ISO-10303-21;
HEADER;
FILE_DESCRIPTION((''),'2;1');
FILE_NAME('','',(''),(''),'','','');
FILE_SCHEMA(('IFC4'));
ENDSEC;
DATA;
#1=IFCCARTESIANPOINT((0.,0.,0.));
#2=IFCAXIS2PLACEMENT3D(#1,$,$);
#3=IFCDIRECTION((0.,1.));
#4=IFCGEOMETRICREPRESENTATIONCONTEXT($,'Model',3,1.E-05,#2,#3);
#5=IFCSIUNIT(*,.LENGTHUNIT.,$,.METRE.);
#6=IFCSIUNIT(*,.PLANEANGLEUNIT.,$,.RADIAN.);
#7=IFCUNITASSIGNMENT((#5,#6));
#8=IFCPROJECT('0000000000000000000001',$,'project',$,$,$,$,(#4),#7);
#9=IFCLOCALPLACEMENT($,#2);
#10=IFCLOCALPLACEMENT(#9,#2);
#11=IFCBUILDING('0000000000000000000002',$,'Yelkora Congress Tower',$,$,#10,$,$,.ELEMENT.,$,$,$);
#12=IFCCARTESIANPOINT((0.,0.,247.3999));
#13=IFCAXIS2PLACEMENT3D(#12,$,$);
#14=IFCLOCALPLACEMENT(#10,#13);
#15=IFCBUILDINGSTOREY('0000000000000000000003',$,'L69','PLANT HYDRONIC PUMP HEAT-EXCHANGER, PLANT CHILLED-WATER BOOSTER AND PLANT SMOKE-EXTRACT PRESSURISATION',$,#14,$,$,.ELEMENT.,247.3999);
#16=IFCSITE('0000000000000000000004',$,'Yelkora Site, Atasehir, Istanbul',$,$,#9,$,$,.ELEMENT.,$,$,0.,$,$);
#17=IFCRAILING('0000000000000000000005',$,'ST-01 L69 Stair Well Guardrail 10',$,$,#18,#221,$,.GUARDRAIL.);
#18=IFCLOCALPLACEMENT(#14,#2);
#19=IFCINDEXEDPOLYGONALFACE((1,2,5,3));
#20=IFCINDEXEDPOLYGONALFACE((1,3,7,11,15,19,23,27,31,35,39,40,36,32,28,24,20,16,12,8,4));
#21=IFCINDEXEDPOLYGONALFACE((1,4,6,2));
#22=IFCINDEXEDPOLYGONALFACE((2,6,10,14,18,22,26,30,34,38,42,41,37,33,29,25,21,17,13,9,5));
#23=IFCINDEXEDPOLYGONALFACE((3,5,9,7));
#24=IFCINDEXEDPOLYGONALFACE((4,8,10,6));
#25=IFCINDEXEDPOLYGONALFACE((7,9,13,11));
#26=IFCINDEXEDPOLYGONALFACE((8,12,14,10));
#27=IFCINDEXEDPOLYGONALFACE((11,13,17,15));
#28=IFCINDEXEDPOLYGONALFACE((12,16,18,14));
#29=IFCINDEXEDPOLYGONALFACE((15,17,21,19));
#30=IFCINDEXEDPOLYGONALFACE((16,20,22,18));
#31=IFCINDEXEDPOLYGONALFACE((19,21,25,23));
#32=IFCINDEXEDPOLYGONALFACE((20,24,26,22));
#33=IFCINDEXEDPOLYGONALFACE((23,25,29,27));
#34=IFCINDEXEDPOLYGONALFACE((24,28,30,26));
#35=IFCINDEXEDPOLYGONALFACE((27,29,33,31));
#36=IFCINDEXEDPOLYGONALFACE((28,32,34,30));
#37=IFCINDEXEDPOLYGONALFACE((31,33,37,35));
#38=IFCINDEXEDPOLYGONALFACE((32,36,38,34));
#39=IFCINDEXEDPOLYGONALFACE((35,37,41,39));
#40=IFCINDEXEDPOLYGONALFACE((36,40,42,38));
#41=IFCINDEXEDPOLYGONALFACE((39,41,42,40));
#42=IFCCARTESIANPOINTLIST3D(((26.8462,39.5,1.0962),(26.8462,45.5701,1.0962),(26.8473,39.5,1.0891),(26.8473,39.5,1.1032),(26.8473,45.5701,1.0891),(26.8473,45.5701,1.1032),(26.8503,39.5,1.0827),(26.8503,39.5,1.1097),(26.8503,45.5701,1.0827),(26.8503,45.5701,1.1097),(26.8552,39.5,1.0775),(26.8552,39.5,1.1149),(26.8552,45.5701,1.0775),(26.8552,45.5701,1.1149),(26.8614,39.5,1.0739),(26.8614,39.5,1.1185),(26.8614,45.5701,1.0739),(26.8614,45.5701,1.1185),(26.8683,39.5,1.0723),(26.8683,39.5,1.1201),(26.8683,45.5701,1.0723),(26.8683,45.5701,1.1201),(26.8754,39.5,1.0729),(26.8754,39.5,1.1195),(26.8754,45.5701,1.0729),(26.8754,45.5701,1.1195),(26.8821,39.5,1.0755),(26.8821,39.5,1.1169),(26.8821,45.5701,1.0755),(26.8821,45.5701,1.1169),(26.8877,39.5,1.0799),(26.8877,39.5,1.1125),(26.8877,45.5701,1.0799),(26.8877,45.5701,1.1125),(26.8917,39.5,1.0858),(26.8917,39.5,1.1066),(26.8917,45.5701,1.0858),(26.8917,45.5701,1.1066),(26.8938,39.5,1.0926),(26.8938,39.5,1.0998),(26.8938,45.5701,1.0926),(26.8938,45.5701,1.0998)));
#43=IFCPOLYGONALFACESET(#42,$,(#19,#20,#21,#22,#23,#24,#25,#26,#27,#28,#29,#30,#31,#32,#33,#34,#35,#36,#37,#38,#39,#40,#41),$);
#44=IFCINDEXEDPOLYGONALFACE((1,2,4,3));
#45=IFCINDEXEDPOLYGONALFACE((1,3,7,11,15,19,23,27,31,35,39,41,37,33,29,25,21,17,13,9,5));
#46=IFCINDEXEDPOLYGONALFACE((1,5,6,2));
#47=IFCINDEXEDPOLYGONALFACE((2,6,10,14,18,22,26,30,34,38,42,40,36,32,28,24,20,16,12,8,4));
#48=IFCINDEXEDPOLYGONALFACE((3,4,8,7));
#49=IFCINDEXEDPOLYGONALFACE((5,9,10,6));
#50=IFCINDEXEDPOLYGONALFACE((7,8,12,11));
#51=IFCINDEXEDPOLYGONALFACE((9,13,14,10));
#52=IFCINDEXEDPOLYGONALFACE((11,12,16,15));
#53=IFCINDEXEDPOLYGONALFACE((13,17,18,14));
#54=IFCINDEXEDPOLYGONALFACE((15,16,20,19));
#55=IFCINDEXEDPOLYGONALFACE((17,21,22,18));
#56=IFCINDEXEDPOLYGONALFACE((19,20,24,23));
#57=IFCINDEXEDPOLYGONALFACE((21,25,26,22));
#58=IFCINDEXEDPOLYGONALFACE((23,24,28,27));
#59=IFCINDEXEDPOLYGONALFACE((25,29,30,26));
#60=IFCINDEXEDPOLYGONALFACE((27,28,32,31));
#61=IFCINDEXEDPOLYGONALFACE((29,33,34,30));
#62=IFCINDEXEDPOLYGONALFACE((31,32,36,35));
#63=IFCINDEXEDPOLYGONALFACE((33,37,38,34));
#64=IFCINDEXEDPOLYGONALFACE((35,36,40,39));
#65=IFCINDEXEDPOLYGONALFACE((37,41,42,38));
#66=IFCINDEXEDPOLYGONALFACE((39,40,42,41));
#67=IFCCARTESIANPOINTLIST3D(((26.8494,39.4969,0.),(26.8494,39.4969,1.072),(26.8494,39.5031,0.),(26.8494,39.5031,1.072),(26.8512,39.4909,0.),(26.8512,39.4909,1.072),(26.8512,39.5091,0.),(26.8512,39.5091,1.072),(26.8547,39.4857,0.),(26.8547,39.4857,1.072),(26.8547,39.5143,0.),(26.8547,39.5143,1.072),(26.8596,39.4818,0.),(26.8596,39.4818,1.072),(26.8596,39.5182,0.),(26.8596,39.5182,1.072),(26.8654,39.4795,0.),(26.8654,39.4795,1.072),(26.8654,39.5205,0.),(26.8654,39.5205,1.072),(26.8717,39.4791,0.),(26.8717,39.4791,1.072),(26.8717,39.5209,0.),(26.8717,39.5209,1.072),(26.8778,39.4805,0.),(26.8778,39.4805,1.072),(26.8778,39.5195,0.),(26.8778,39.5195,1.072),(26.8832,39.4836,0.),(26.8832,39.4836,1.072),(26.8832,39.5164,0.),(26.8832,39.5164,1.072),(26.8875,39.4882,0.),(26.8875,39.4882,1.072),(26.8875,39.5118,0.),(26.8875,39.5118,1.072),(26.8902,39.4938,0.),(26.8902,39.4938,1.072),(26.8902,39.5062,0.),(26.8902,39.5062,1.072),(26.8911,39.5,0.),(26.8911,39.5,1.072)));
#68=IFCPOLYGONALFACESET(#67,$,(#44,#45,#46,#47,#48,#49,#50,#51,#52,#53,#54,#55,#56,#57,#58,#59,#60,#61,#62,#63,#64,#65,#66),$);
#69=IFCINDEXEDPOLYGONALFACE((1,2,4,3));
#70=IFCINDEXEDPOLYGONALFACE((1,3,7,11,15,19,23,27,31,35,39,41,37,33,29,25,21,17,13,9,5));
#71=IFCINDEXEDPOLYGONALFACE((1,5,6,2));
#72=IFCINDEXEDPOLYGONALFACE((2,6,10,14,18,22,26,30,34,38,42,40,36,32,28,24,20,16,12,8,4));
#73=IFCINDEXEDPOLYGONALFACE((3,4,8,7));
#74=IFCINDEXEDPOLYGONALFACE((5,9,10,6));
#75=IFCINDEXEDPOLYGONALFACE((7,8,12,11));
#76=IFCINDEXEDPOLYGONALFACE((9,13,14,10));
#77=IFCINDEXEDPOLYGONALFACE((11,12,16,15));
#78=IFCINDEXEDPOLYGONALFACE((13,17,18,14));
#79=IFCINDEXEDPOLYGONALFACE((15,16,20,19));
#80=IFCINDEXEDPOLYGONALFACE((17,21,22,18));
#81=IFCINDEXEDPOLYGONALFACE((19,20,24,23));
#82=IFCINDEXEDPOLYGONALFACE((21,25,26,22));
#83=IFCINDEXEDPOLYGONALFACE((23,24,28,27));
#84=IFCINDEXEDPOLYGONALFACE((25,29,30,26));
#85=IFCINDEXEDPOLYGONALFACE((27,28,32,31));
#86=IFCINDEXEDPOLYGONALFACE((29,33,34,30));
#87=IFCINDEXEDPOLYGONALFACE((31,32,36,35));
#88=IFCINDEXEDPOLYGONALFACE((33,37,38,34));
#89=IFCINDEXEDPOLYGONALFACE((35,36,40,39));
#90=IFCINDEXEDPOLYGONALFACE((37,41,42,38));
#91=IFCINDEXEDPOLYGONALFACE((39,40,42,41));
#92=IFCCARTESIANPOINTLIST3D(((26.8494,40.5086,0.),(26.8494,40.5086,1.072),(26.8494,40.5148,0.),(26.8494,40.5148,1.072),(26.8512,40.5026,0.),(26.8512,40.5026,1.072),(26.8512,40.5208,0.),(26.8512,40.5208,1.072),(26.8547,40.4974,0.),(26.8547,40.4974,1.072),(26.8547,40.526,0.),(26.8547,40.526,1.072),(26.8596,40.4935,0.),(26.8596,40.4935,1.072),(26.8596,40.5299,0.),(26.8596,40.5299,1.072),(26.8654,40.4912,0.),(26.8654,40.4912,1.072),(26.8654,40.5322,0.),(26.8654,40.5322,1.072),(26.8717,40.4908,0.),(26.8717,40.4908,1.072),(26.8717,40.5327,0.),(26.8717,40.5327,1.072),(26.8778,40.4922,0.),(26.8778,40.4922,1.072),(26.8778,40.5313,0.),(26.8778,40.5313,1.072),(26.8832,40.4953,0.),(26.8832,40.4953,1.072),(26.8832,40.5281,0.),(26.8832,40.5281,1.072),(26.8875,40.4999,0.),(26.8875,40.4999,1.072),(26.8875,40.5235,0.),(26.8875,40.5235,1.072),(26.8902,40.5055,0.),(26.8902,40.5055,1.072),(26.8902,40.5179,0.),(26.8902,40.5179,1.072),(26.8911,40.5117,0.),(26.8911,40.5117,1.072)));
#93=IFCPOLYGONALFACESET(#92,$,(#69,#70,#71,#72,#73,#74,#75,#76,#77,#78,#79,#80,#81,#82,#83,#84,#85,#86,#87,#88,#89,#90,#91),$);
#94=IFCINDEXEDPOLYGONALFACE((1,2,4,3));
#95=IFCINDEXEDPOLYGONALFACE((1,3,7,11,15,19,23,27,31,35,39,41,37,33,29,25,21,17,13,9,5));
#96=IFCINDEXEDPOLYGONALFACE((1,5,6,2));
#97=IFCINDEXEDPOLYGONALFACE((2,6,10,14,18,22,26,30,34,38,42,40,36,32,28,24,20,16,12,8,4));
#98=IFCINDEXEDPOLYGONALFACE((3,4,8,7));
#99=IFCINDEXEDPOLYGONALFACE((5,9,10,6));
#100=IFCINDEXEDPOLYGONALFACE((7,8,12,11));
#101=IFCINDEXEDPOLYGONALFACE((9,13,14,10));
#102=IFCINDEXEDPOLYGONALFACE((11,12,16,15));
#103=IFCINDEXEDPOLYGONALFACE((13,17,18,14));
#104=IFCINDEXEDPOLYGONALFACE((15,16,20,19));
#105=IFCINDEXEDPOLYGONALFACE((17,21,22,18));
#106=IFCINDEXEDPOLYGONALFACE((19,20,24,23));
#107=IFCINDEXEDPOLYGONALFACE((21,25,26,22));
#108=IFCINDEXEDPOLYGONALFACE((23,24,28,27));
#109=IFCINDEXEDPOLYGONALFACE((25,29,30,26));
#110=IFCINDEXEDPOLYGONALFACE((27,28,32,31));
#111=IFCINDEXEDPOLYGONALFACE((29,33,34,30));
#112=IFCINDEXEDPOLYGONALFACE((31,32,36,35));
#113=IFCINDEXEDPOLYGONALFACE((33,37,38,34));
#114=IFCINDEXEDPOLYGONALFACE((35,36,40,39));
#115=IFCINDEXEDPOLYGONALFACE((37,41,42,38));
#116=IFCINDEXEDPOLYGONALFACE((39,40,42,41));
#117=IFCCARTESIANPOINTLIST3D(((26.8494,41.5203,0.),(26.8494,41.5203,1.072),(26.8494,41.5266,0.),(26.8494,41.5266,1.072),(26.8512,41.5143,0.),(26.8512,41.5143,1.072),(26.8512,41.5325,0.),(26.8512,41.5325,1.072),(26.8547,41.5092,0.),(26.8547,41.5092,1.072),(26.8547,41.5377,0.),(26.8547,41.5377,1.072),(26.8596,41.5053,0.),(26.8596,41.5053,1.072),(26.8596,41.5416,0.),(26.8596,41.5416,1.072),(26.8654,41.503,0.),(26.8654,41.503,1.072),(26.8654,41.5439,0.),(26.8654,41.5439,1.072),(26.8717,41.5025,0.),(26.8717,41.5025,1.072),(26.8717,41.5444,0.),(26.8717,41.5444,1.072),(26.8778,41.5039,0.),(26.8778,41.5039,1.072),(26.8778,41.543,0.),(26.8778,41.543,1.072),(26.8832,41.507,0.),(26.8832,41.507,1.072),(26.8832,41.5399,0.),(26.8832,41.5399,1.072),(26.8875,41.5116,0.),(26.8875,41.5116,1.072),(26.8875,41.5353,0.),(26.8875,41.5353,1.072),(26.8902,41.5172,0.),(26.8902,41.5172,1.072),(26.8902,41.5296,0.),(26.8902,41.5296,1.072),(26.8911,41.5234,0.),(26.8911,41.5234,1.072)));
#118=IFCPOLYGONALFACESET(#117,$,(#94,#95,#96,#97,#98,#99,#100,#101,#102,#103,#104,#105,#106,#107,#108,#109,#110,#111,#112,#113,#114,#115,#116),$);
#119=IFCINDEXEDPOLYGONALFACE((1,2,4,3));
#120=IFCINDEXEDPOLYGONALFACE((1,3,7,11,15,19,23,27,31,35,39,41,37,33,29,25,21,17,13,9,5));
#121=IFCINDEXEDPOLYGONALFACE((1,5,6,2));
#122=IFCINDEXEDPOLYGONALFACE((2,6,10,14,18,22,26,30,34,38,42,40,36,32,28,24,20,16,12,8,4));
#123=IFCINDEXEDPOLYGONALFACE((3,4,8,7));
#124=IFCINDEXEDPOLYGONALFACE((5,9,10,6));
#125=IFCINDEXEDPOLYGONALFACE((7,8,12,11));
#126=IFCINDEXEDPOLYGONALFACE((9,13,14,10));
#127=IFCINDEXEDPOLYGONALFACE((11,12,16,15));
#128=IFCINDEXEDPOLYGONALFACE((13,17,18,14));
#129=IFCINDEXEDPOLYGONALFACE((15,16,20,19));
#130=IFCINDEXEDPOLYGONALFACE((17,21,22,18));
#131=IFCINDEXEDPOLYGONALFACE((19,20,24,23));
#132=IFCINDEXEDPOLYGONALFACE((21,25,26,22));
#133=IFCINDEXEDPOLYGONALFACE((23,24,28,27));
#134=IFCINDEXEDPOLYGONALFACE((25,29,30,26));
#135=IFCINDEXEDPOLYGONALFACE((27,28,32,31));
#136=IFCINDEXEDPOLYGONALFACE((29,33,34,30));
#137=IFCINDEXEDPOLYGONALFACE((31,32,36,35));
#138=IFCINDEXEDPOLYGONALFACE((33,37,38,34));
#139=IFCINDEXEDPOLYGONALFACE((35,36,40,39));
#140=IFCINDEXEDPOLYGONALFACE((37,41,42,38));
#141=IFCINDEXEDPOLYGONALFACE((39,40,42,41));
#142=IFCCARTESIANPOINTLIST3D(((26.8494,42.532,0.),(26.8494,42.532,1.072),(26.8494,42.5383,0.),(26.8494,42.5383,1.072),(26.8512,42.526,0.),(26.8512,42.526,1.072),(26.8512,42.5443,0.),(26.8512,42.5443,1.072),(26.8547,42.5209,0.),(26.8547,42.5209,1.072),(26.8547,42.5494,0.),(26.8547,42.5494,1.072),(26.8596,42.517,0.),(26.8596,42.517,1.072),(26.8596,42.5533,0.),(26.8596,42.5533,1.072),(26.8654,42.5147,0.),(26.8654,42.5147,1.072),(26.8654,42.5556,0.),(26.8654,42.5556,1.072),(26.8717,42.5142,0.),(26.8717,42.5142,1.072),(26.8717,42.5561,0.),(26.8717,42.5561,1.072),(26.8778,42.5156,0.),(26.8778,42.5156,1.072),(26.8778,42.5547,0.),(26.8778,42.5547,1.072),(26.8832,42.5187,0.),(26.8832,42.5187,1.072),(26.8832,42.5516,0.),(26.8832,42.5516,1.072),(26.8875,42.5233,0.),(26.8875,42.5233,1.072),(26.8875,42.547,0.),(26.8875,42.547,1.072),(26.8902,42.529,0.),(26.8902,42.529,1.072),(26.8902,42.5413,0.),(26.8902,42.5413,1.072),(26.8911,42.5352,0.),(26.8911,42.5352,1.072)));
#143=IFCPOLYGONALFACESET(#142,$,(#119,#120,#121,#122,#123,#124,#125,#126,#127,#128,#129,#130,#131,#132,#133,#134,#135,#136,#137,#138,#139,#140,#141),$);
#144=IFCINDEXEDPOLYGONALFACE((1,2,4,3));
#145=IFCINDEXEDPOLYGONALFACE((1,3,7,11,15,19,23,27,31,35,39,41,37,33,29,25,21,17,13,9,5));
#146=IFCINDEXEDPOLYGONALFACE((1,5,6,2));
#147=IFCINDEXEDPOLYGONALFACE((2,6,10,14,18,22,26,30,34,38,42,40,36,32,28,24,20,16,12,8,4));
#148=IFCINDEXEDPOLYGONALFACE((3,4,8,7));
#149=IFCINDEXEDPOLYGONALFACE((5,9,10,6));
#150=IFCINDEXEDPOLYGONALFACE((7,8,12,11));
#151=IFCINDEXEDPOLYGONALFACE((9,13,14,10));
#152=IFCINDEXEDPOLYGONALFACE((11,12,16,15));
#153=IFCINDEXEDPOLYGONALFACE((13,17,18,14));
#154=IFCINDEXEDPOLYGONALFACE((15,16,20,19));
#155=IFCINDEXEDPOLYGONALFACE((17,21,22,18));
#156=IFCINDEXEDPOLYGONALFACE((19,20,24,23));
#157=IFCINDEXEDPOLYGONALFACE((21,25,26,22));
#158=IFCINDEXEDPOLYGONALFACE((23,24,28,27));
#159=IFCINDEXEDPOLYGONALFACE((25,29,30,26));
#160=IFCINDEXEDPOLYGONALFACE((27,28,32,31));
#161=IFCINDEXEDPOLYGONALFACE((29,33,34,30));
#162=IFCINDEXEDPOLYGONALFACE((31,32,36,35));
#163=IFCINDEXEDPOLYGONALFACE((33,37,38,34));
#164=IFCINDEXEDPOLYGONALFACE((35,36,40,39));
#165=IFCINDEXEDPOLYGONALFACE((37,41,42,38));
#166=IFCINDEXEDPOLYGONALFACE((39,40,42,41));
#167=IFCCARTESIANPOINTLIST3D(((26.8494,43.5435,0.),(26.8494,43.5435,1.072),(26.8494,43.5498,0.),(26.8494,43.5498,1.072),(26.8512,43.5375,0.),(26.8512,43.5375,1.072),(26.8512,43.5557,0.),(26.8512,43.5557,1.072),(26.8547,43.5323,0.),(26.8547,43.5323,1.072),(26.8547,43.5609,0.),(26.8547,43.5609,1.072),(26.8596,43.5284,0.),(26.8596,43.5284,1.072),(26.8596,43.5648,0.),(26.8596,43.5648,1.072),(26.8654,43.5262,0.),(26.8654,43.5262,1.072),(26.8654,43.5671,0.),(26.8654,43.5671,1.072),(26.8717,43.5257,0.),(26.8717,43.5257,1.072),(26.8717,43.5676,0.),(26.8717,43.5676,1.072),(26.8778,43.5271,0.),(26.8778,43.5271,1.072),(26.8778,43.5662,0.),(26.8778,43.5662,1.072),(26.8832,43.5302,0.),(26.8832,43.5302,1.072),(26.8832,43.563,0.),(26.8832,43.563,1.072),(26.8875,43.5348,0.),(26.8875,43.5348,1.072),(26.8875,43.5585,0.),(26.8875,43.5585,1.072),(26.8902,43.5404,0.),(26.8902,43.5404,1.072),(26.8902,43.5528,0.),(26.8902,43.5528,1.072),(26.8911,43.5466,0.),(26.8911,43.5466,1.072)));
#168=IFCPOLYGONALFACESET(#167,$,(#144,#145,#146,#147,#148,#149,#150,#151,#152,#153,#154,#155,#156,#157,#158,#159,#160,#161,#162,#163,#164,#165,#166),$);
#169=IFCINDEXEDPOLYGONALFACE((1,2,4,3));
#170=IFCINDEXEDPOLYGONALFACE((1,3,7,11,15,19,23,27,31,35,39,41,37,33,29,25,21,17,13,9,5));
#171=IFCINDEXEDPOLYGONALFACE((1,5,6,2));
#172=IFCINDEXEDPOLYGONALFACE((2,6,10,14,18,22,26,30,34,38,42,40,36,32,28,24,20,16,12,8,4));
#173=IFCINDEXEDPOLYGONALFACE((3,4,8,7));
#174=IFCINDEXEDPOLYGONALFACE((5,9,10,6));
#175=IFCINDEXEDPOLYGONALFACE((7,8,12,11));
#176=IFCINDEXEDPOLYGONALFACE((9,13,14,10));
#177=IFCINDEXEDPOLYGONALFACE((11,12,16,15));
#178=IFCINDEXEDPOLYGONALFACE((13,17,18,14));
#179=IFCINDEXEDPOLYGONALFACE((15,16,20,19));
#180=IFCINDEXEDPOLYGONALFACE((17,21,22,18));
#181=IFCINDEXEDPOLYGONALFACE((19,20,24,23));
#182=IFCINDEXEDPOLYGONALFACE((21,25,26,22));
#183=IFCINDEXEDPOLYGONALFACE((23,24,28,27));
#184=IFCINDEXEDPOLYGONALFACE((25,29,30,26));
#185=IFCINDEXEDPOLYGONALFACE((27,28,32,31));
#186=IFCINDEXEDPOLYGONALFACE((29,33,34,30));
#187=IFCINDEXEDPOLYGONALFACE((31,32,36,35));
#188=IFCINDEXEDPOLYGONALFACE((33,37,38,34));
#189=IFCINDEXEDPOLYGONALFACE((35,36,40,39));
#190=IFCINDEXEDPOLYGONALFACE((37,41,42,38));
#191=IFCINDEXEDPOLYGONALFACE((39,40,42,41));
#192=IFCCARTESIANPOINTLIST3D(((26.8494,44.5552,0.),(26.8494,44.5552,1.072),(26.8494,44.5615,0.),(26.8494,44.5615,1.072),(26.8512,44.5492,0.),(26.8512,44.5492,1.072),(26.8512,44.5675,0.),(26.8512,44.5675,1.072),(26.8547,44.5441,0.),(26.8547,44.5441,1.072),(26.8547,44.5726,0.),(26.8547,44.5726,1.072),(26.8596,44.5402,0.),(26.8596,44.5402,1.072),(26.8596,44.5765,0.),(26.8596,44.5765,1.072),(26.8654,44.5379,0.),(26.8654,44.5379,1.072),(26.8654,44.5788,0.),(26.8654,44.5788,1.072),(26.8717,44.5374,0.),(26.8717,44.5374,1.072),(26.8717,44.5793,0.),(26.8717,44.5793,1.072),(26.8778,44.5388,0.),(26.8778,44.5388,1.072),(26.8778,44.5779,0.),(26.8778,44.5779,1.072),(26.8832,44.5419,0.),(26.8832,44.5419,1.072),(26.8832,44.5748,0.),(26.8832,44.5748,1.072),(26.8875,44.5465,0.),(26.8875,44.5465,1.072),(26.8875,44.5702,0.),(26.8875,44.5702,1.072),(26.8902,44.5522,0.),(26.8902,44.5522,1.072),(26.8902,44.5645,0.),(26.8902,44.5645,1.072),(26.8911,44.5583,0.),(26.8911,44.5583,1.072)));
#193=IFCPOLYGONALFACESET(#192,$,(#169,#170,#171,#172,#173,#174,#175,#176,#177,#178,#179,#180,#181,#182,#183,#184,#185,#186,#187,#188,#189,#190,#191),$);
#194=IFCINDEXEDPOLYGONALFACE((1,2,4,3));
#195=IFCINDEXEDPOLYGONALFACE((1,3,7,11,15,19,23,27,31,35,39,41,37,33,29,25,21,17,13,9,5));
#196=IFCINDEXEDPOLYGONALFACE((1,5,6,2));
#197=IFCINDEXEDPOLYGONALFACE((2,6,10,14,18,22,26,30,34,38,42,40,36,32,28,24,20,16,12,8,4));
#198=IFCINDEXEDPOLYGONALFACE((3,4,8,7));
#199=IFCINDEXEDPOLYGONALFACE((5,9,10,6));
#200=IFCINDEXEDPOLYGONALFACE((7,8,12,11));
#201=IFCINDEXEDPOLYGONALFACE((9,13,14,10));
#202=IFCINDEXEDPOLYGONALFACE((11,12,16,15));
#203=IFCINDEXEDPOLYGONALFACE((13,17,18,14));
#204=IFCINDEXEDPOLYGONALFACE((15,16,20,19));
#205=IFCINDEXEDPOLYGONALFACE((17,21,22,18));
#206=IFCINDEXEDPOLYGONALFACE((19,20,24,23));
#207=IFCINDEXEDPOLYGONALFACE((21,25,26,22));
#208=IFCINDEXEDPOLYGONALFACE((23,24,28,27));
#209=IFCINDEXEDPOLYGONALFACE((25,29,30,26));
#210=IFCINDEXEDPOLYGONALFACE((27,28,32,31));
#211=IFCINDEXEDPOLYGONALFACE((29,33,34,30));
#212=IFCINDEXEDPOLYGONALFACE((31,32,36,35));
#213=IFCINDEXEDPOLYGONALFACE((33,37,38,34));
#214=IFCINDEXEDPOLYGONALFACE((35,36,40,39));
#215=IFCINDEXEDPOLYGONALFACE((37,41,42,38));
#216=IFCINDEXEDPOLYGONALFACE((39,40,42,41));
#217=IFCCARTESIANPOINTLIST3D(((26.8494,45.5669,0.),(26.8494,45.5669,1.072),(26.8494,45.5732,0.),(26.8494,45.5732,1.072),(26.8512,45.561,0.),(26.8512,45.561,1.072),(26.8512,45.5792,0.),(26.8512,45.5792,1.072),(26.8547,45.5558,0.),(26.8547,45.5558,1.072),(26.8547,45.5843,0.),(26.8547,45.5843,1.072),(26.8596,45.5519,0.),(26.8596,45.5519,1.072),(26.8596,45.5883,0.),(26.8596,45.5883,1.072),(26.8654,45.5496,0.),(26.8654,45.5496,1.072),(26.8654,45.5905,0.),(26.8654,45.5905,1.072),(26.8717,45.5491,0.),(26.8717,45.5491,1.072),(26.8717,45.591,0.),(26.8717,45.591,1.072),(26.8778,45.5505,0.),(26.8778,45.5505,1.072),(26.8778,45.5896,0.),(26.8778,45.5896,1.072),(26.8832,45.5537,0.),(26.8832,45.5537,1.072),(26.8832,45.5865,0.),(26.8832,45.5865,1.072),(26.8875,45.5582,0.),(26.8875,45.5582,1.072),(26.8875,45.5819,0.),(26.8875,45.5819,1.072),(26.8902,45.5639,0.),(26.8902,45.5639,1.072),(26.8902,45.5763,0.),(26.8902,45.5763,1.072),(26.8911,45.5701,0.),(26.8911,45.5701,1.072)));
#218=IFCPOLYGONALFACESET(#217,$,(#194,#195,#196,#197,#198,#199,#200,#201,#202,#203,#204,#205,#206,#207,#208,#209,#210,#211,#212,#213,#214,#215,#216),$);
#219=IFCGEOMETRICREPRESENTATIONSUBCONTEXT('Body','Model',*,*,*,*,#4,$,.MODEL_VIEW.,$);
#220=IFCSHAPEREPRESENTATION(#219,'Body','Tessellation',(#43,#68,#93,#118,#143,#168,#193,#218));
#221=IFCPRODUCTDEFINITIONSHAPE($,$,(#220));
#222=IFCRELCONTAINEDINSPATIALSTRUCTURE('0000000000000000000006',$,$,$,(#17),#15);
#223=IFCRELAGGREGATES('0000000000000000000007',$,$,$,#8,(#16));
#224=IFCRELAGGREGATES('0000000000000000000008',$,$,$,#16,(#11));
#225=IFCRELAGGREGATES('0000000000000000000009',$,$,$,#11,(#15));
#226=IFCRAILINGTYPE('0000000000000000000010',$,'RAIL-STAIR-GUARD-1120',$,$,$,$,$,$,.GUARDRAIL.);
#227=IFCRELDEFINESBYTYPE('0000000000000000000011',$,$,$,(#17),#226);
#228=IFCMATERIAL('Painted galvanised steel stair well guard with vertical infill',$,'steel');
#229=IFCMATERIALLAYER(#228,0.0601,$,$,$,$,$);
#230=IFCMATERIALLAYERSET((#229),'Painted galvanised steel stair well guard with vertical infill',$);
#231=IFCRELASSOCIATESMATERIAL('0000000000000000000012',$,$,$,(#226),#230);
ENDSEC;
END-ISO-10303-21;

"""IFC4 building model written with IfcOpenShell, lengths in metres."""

from ifc_helpers import new_model, si_unit, direction, frame, origin, origin_2d, place, context, subcontext, project, spatial, circle, extrude, material, layer, layer_set, type_object, element, save


model = new_model("IFC4")

# Units and contexts
model_context = context("Model", 3, precision=1e-05, world=origin(), true_north=direction((0.0, 1.0)))
body_context = subcontext(model_context, "Body", "Model", "MODEL_VIEW")
ifc_project = project(units=[si_unit("LENGTHUNIT", "METRE"), si_unit("PLANEANGLEUNIT", "RADIAN")], contexts=[model_context])

# Site, building, storey
site_placement = place(None, origin())
site = spatial("IfcSite", under=ifc_project, at=site_placement, Name="Yelkora Site, Atasehir, Istanbul", CompositionType="ELEMENT", RefElevation=0.0)
building_placement = place(site_placement, origin())
building = spatial("IfcBuilding", under=site, at=building_placement, Name="Yelkora Congress Tower", CompositionType="ELEMENT")
storey_placement = place(building_placement, frame((0.0, 0.0, 247.3999)))
storey = spatial("IfcBuildingStorey", under=building, at=storey_placement, Name="L69", Description="PLANT HYDRONIC PUMP HEAT-EXCHANGER, PLANT CHILLED-WATER BOOSTER AND PLANT SMOKE-EXTRACT PRESSURISATION", CompositionType="ELEMENT", Elevation=247.3999)

# Railing
ifc_material_1 = material(Name="Painted galvanised steel stair well guard with vertical infill", Category="steel")
ifc_layer_1 = layer(ifc_material_1, 0.0601)
ifc_layer_set_1 = layer_set([ifc_layer_1], Name="Painted galvanised steel stair well guard with vertical infill")
railing_type_1 = type_object("IfcRailingType", Name="RAIL-STAIR-GUARD-1120", PredefinedType="GUARDRAIL", material=ifc_layer_set_1)
railing_1_placement = place(storey_placement, frame((26.8701, 39.5, 0.0)))
element("IfcRailing", 1, at=railing_1_placement, inside=storey, type_object=railing_type_1, Name="ST-01 L69 Stair Well Guardrail 10", PredefinedType="GUARDRAIL", context=body_context, shape_type="SweptSolid", body=[
    extrude(circle(Radius=0.0239, at=origin_2d()), frame((0.0, 0.0, 1.0962), z_axis=(0.0, 1.0, 0.0), x_axis=(-1.0, 0.0, 0.0)), (0.0, 0.0, 1.0), 6.0701),
    extrude(circle(Radius=0.021, at=origin_2d()), origin(), (0.0, 0.0, 1.0), 1.072),
    extrude(circle(Radius=0.021, at=origin_2d()), frame((0.0, 1.0117, 0.0)), (0.0, 0.0, 1.0), 1.072),
    extrude(circle(Radius=0.021, at=origin_2d()), frame((0.0, 2.0234, 0.0)), (0.0, 0.0, 1.0), 1.072),
    extrude(circle(Radius=0.021, at=origin_2d()), frame((0.0, 3.0352, 0.0)), (0.0, 0.0, 1.0), 1.072),
    extrude(circle(Radius=0.021, at=origin_2d()), frame((0.0, 4.0466, 0.0)), (0.0, 0.0, 1.0), 1.072),
    extrude(circle(Radius=0.021, at=origin_2d()), frame((0.0, 5.0583, 0.0)), (0.0, 0.0, 1.0), 1.072),
    extrude(circle(Radius=0.021, at=origin_2d()), frame((0.0, 6.0701, 0.0)), (0.0, 0.0, 1.0), 1.072),
])

save(model, "model.ifc")
